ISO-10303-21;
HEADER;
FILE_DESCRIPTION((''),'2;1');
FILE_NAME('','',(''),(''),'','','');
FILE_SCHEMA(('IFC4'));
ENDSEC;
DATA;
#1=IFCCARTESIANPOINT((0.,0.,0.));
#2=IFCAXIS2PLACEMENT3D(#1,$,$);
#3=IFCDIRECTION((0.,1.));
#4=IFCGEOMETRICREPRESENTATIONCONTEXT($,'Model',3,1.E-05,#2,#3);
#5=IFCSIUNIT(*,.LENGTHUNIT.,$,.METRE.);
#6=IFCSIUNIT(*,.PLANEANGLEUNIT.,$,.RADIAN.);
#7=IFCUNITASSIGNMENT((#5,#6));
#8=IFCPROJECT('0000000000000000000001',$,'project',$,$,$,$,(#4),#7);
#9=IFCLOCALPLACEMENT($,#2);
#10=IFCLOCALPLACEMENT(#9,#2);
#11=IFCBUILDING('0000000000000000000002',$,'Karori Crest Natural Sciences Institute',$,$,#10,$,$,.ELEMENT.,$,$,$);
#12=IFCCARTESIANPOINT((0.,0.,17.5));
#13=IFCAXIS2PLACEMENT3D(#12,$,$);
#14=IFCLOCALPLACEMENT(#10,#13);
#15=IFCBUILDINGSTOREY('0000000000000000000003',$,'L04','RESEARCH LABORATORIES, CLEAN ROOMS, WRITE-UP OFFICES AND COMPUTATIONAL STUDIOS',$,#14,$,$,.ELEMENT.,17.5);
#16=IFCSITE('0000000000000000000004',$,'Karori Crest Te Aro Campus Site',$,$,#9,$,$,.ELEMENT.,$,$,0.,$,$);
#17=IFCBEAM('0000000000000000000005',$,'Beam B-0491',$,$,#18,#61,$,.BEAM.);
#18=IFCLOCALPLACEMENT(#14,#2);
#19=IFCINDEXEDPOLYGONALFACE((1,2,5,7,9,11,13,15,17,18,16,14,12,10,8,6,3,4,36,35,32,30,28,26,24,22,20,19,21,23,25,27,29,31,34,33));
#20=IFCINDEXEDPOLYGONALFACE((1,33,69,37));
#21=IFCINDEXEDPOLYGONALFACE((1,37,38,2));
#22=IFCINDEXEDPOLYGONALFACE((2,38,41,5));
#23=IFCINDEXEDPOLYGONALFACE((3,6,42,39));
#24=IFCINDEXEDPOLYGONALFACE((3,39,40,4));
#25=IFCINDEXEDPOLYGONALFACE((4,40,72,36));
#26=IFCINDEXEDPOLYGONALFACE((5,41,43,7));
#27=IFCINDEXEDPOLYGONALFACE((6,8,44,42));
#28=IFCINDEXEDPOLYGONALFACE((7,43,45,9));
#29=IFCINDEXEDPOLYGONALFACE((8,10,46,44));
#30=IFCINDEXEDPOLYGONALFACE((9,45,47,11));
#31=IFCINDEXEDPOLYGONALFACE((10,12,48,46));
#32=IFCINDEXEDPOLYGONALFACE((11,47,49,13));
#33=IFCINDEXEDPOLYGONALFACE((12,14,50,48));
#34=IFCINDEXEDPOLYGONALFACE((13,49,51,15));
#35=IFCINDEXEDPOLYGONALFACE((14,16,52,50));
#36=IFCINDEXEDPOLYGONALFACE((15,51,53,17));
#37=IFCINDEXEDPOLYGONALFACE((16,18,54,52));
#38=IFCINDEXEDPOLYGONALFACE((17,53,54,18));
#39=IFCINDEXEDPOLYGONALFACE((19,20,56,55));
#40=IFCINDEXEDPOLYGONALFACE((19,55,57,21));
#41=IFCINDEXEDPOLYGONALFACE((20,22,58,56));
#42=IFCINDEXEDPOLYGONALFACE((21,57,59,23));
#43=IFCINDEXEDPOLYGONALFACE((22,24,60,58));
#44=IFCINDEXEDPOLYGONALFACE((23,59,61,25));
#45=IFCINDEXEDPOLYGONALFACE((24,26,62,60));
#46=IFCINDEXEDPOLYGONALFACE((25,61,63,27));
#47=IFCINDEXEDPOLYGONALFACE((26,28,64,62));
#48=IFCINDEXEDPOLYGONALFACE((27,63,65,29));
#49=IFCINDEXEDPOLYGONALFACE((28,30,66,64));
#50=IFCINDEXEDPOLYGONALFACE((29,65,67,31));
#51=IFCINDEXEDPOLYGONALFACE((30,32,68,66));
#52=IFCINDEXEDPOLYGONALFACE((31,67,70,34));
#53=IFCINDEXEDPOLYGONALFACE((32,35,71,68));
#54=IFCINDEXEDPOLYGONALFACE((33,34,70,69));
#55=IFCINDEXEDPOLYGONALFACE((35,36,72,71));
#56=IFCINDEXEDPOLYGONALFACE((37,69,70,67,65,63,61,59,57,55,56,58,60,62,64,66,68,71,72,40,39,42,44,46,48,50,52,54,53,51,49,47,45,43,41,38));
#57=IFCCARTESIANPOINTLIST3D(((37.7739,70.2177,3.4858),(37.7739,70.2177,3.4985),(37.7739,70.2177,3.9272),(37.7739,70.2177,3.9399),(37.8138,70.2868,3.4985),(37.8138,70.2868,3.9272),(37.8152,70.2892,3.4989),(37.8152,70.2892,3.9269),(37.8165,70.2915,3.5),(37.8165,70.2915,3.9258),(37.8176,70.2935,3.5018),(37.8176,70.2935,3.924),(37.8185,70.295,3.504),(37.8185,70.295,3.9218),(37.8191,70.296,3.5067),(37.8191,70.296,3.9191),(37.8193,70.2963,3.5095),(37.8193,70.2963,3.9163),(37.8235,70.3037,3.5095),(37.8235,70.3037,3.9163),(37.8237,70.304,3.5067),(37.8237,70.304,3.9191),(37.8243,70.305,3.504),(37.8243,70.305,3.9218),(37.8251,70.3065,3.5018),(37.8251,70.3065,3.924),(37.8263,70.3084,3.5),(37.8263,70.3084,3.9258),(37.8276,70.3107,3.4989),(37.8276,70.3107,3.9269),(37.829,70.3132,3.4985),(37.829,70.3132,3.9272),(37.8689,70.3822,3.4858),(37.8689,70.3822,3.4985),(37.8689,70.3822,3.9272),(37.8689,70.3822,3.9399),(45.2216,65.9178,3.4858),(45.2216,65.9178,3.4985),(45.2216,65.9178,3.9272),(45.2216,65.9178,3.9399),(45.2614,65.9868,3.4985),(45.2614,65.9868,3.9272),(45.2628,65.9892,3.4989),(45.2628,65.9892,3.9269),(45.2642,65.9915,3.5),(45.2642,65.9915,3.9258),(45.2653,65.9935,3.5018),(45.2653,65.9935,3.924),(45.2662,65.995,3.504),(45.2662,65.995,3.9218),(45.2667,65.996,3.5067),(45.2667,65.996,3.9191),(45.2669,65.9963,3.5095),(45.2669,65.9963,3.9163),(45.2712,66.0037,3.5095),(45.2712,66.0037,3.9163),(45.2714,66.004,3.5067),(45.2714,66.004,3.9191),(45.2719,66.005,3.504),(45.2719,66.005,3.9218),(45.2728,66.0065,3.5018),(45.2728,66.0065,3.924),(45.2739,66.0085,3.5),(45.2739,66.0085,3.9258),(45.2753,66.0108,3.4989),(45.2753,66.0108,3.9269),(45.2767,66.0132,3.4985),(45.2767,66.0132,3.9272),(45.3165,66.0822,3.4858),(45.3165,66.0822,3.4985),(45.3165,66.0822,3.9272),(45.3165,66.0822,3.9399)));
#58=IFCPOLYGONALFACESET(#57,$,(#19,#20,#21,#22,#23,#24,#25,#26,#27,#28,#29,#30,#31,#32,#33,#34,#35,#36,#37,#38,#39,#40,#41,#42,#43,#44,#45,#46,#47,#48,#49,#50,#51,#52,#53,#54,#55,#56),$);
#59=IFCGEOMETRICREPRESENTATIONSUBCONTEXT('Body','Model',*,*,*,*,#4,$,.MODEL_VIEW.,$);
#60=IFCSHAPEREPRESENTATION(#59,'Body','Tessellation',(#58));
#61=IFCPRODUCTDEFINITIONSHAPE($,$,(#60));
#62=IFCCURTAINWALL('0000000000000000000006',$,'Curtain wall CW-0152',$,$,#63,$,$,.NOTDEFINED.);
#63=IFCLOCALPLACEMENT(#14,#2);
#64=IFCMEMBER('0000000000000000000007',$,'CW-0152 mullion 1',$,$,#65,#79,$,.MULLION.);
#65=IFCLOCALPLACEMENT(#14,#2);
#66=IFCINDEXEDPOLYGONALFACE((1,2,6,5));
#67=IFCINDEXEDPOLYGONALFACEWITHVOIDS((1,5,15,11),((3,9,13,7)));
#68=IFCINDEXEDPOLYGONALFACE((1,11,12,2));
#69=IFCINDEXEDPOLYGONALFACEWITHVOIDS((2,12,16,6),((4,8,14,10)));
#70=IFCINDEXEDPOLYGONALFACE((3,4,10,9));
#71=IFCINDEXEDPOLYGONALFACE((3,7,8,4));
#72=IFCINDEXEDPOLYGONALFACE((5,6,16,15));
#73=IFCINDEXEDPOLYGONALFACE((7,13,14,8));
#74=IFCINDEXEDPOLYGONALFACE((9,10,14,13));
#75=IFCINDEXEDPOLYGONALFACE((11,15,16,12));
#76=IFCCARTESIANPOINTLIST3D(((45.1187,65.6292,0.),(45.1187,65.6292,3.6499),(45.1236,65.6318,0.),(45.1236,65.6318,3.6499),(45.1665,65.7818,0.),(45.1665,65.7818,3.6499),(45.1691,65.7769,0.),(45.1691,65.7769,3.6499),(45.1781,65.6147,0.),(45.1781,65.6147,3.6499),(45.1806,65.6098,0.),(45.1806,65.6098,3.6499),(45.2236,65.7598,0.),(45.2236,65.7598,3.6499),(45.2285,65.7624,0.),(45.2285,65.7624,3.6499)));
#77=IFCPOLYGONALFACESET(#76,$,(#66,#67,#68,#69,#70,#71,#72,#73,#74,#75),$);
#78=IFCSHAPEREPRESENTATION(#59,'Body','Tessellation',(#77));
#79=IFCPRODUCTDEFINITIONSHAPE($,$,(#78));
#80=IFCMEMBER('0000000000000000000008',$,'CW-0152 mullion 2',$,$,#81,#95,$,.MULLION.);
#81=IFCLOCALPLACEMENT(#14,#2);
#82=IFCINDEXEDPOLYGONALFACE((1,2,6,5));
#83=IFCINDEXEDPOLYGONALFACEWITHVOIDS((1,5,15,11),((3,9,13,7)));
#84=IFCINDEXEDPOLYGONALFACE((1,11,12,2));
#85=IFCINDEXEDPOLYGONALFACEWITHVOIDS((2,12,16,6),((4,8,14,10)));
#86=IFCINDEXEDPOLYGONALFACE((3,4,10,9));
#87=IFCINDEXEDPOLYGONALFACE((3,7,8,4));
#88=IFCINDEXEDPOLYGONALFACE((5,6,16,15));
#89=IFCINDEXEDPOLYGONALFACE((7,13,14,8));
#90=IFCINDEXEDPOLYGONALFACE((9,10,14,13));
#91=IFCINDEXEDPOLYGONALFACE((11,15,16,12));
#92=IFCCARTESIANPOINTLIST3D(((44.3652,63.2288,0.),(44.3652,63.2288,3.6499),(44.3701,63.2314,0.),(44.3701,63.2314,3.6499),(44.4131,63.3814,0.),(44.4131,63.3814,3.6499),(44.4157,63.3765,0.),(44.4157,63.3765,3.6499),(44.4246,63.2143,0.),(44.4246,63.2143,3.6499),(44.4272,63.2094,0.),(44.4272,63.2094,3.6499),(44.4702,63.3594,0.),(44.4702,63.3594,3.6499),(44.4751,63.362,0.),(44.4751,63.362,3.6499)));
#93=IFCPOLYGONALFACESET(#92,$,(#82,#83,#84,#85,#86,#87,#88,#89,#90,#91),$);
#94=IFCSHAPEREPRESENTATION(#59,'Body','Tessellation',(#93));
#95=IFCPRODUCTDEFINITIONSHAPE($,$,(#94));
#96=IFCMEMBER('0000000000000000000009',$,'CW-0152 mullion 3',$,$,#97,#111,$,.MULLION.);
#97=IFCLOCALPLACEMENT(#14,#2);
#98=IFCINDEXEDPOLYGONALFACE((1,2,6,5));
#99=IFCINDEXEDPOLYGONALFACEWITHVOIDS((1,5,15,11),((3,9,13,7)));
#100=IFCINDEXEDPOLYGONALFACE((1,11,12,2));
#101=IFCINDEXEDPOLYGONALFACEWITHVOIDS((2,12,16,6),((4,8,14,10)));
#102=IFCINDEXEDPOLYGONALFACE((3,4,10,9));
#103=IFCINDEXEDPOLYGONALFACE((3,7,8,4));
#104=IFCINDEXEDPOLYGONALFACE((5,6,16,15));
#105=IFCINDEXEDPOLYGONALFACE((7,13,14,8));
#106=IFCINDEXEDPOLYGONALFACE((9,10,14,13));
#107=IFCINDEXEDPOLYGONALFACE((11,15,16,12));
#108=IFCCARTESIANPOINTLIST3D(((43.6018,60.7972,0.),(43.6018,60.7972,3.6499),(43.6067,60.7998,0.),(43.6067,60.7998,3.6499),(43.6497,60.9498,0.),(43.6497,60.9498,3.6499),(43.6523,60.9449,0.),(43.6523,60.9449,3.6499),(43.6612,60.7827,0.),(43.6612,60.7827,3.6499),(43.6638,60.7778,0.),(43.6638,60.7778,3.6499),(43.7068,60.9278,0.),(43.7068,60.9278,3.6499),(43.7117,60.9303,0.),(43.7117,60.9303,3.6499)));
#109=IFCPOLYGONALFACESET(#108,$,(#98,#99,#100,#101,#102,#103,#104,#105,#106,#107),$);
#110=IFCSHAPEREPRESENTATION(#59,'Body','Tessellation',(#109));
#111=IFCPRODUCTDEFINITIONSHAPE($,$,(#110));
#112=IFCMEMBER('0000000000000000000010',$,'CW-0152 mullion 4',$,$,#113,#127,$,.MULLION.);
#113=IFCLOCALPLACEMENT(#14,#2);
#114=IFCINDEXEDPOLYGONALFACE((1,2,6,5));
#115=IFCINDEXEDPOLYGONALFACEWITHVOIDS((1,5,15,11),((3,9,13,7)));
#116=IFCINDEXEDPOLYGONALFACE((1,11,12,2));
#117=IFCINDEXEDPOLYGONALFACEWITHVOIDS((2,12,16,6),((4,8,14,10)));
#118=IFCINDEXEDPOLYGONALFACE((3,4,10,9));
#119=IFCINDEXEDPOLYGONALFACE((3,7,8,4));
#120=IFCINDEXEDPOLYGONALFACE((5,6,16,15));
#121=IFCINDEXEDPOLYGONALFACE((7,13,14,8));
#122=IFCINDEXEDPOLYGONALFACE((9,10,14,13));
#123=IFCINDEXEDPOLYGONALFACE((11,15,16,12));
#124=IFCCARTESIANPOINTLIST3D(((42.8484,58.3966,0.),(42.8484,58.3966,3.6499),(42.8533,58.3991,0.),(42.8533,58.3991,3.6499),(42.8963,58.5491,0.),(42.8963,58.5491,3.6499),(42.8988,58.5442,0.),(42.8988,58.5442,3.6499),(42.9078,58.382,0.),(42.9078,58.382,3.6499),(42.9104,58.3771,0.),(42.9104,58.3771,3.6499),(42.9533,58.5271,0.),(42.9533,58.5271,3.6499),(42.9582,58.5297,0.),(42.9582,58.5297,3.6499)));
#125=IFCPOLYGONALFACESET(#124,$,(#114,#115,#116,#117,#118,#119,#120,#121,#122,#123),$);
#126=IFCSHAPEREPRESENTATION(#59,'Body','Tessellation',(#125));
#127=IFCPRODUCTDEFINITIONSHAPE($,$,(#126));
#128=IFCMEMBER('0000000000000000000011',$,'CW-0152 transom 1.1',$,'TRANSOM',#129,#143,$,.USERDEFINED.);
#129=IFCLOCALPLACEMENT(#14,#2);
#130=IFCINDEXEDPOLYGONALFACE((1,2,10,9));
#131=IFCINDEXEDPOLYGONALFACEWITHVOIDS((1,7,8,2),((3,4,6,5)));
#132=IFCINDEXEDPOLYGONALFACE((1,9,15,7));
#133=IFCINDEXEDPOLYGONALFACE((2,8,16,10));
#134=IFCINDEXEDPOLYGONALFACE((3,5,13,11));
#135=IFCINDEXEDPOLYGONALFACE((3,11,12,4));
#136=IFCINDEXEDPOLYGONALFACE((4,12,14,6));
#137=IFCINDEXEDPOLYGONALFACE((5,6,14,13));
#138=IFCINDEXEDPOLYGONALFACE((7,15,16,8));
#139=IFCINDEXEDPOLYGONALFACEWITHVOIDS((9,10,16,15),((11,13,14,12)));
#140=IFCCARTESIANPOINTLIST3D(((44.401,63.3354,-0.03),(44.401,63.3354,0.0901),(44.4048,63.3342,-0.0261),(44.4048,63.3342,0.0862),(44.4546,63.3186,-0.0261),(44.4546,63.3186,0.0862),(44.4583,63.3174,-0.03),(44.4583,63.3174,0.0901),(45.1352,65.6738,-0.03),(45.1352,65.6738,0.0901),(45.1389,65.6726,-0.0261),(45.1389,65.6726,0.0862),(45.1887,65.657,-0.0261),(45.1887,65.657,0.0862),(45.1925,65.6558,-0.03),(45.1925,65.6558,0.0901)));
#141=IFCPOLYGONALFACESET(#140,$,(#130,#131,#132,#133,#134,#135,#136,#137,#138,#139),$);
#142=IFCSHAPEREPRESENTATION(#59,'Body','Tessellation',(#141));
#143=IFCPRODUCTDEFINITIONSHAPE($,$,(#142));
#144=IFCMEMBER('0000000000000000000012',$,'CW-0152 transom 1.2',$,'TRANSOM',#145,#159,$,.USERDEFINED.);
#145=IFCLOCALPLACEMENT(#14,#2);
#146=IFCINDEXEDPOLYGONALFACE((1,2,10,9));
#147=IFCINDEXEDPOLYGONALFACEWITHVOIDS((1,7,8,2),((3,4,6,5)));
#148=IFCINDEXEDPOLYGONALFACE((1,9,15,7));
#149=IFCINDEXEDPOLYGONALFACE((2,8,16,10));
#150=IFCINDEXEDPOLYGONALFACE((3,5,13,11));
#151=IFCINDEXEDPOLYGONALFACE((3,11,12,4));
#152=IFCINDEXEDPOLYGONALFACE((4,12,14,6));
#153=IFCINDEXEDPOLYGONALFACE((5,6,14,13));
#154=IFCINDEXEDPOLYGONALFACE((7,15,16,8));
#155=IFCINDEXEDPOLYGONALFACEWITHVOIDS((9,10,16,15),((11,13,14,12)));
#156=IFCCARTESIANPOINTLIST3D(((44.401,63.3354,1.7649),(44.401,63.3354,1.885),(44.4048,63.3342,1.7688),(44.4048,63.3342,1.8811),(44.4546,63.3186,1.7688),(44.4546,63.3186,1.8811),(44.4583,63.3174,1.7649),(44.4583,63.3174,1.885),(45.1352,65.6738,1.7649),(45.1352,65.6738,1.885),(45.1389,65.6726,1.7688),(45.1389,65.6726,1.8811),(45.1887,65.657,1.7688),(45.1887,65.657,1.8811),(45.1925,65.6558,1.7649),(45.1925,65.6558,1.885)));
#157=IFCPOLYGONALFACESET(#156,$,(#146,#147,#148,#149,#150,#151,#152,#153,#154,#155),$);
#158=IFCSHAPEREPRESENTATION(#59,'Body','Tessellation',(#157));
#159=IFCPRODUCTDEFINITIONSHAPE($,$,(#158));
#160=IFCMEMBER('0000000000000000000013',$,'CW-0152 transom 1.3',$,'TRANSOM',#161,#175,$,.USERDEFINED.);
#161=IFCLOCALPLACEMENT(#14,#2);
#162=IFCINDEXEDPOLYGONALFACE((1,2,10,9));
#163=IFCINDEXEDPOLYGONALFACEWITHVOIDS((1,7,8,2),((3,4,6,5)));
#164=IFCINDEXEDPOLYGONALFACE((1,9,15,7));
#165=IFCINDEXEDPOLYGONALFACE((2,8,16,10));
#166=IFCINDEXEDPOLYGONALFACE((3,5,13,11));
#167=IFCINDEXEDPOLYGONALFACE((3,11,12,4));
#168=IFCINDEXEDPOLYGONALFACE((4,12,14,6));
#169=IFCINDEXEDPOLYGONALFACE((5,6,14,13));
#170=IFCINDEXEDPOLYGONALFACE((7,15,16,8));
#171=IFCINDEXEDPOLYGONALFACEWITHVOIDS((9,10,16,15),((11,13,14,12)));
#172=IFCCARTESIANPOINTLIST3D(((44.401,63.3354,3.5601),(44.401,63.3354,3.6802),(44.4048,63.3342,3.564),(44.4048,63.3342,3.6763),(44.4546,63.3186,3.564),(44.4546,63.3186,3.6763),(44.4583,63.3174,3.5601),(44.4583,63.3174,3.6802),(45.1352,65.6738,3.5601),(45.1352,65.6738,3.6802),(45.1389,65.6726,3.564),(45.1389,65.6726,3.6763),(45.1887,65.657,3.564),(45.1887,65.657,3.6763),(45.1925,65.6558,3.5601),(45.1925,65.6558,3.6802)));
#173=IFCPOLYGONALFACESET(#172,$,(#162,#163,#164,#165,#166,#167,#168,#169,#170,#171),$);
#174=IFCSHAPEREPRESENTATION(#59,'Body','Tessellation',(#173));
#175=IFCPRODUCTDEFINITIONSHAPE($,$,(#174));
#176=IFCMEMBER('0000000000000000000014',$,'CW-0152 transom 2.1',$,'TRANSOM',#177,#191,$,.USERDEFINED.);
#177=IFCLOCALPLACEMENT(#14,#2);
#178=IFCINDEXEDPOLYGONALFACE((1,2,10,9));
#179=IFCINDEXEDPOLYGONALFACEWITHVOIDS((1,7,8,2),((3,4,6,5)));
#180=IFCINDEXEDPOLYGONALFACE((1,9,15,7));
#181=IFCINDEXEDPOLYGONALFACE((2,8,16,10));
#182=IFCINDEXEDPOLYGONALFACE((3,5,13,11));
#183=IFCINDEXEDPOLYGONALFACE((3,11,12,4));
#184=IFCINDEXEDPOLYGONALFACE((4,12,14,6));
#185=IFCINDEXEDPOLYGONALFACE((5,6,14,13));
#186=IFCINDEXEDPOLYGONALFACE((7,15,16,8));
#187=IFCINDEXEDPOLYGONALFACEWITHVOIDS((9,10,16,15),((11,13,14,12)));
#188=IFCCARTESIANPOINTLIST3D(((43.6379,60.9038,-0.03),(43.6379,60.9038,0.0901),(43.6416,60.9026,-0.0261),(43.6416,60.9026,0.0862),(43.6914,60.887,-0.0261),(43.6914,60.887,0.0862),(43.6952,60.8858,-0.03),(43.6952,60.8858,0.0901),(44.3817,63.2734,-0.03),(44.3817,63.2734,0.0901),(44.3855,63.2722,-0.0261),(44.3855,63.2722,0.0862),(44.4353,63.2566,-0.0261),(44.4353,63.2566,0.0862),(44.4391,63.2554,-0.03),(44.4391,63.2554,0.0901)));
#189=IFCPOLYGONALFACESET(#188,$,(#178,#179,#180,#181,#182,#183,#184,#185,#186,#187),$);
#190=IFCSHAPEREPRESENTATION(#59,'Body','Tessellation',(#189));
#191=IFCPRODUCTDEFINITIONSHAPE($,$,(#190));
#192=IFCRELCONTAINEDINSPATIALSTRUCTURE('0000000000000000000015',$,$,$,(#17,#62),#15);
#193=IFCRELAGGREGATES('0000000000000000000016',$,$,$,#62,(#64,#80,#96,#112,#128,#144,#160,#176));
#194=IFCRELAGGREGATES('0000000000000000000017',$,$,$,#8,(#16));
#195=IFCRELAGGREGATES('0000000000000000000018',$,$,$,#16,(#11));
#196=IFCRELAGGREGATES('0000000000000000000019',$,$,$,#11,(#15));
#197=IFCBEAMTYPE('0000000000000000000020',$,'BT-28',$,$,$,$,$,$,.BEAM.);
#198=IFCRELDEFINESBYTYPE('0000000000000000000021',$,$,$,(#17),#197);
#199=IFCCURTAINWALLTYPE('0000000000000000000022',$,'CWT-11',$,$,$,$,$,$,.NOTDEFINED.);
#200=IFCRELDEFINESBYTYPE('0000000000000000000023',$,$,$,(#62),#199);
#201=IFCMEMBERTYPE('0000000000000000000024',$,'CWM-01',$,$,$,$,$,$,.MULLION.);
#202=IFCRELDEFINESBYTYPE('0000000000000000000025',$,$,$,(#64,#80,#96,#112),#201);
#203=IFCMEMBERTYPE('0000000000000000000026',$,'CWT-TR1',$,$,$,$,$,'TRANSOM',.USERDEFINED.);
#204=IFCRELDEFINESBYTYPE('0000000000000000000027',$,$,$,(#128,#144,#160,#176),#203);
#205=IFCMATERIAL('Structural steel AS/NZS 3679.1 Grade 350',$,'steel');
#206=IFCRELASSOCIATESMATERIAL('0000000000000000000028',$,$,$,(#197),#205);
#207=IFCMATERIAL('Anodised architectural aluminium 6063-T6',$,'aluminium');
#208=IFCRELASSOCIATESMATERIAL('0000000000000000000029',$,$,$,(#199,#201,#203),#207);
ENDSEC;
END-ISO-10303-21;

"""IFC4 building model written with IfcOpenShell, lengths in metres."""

from ifc_helpers import new_model, si_unit, direction, frame, origin, origin_2d, place, context, subcontext, project, spatial, hollow_rectangle, i_section, extrude, material, material_profile, profile_set, type_object, element, aggregate, save


model = new_model("IFC4")

# Units and contexts
model_context = context("Model", 3, precision=1e-05, world=origin(), true_north=direction((0.0, 1.0)))
body_context = subcontext(model_context, "Body", "Model", "MODEL_VIEW")
ifc_project = project(units=[si_unit("LENGTHUNIT", "METRE"), si_unit("PLANEANGLEUNIT", "RADIAN")], contexts=[model_context])

# Site, building, storey
site_placement = place(None, origin())
site = spatial("IfcSite", under=ifc_project, at=site_placement, Name="Karori Crest Te Aro Campus Site", CompositionType="ELEMENT", RefElevation=0.0)
building_placement = place(site_placement, origin())
building = spatial("IfcBuilding", under=site, at=building_placement, Name="Karori Crest Natural Sciences Institute", CompositionType="ELEMENT")
storey_placement = place(building_placement, frame((0.0, 0.0, 17.5)))
storey = spatial("IfcBuildingStorey", under=building, at=storey_placement, Name="L04", Description="RESEARCH LABORATORIES, CLEAN ROOMS, WRITE-UP OFFICES AND COMPUTATIONAL STUDIOS", CompositionType="ELEMENT", Elevation=17.5)

# Beam
ifc_material_1 = material(Name="Structural steel AS/NZS 3679.1 Grade 350", Category="steel")
ifc_material_profile_1 = material_profile(ifc_material_1, i_section(OverallWidth=0.1899, OverallDepth=0.4541, WebThickness=0.0085, FlangeThickness=0.0127, FilletRadius=0.011, at=origin_2d()), Name="460UB67.1")
ifc_profile_set_1 = profile_set([ifc_material_profile_1], Name="Structural steel AS/NZS 3679.1 Grade 350")
beam_type_1 = type_object("IfcBeamType", Name="BT-28", PredefinedType="BEAM", material=ifc_profile_set_1)
beam_1_placement = place(storey_placement, frame((45.269, 66.0, 3.7129), z_axis=(-0.866021, 0.500008, 0.0), x_axis=(-0.500008, -0.866021, 0.0)))
element("IfcBeam", 1, at=beam_1_placement, inside=storey, type_object=beam_type_1, Name="Beam B-0491", PredefinedType="BEAM", context=body_context, shape_type="SweptSolid", body=[
    extrude(i_section(OverallWidth=0.1899, OverallDepth=0.4541, WebThickness=0.0085, FlangeThickness=0.0127, FilletRadius=0.011, at=origin_2d()), origin(), (0.0, 0.0, 1.0), 8.5999),
])

# Curtain wall, members
ifc_material_2 = material(Name="Anodised architectural aluminium 6063-T6", Category="aluminium")
curtain_wall_type = type_object("IfcCurtainWallType", Name="CWT-11", PredefinedType="NOTDEFINED", material=ifc_material_2)
curtain_wall_placement = place(storey_placement, origin())
curtain_wall = element("IfcCurtainWall", 2, at=curtain_wall_placement, inside=storey, type_object=curtain_wall_type, Name="Curtain wall CW-0152", PredefinedType="NOTDEFINED")
ifc_material_profile_2 = material_profile(ifc_material_2, hollow_rectangle(XDim=0.0649, YDim=0.1599, WallThickness=0.0039, at=origin_2d()), Name="CWM160x65x4")
ifc_profile_set_2 = profile_set([ifc_material_profile_2], Name="Anodised architectural aluminium 6063-T6")
member_type_1 = type_object("IfcMemberType", Name="CWM-01", PredefinedType="MULLION", material=ifc_profile_set_2)
member_1_placement = place(storey_placement, frame((45.1736, 65.6958, 0.0), z_axis=(0.0, 0.0, 1.0), x_axis=(0.954104, -0.299475, 0.0)))
member_1 = element("IfcMember", 3, at=member_1_placement, type_object=member_type_1, Name="CW-0152 mullion 1", PredefinedType="MULLION", context=body_context, shape_type="SweptSolid", body=[
    extrude(hollow_rectangle(XDim=0.0649, YDim=0.1599, WallThickness=0.0039, at=origin_2d()), origin(), (0.0, 0.0, 1.0), 3.6499),
])
member_2_placement = place(storey_placement, frame((44.4202, 63.2954, 0.0), z_axis=(0.0, 0.0, 1.0), x_axis=(0.954104, -0.299475, 0.0)))
member_2 = element("IfcMember", 4, at=member_2_placement, type_object=member_type_1, Name="CW-0152 mullion 2", PredefinedType="MULLION", context=body_context, shape_type="SweptSolid", body=[
    extrude(hollow_rectangle(XDim=0.0649, YDim=0.1599, WallThickness=0.0039, at=origin_2d()), origin(), (0.0, 0.0, 1.0), 3.6499),
])
member_3_placement = place(storey_placement, frame((43.6567, 60.8638, 0.0), z_axis=(0.0, 0.0, 1.0), x_axis=(0.954104, -0.299475, 0.0)))
member_3 = element("IfcMember", 5, at=member_3_placement, type_object=member_type_1, Name="CW-0152 mullion 3", PredefinedType="MULLION", context=body_context, shape_type="SweptSolid", body=[
    extrude(hollow_rectangle(XDim=0.0649, YDim=0.1599, WallThickness=0.0039, at=origin_2d()), origin(), (0.0, 0.0, 1.0), 3.6499),
])
member_4_placement = place(storey_placement, frame((42.9033, 58.4631, 0.0), z_axis=(0.0, 0.0, 1.0), x_axis=(0.954104, -0.299475, 0.0)))
member_4 = element("IfcMember", 6, at=member_4_placement, type_object=member_type_1, Name="CW-0152 mullion 4", PredefinedType="MULLION", context=body_context, shape_type="SweptSolid", body=[
    extrude(hollow_rectangle(XDim=0.0649, YDim=0.1599, WallThickness=0.0039, at=origin_2d()), origin(), (0.0, 0.0, 1.0), 3.6499),
])
ifc_material_profile_3 = material_profile(ifc_material_2, hollow_rectangle(XDim=0.0601, YDim=0.1201, WallThickness=0.0039, at=origin_2d()), Name="CWT120x60x4")
ifc_profile_set_3 = profile_set([ifc_material_profile_3], Name="Anodised architectural aluminium 6063-T6")
member_type_2 = type_object("IfcMemberType", Name="CWT-TR1", ElementType="TRANSOM", PredefinedType="USERDEFINED", material=ifc_profile_set_3)
member_5_placement = place(storey_placement, frame((45.1638, 65.6648, 0.03), z_axis=(-0.299534, -0.954086, 0.0), x_axis=(0.954086, -0.299534, 0.0)))
member_5 = element("IfcMember", 7, at=member_5_placement, type_object=member_type_2, Name="CW-0152 transom 1.1", ObjectType="TRANSOM", PredefinedType="USERDEFINED", context=body_context, shape_type="SweptSolid", body=[
    extrude(hollow_rectangle(XDim=0.0601, YDim=0.1201, WallThickness=0.0039, at=origin_2d()), origin(), (0.0, 0.0, 1.0), 2.4509),
])
member_6_placement = place(storey_placement, frame((45.1638, 65.6648, 1.825), z_axis=(-0.299534, -0.954086, 0.0), x_axis=(0.954086, -0.299534, 0.0)))
member_6 = element("IfcMember", 8, at=member_6_placement, type_object=member_type_2, Name="CW-0152 transom 1.2", ObjectType="TRANSOM", PredefinedType="USERDEFINED", context=body_context, shape_type="SweptSolid", body=[
    extrude(hollow_rectangle(XDim=0.0601, YDim=0.1201, WallThickness=0.0039, at=origin_2d()), origin(), (0.0, 0.0, 1.0), 2.4509),
])
member_7_placement = place(storey_placement, frame((45.1638, 65.6648, 3.6201), z_axis=(-0.299534, -0.954086, 0.0), x_axis=(0.954086, -0.299534, 0.0)))
member_7 = element("IfcMember", 9, at=member_7_placement, type_object=member_type_2, Name="CW-0152 transom 1.3", ObjectType="TRANSOM", PredefinedType="USERDEFINED", context=body_context, shape_type="SweptSolid", body=[
    extrude(hollow_rectangle(XDim=0.0601, YDim=0.1201, WallThickness=0.0039, at=origin_2d()), origin(), (0.0, 0.0, 1.0), 2.4509),
])
member_8_placement = place(storey_placement, frame((44.4104, 63.2644, 0.03), z_axis=(-0.299517, -0.954091, 0.0), x_axis=(0.954091, -0.299517, 0.0)))
member_8 = element("IfcMember", 10, at=member_8_placement, type_object=member_type_2, Name="CW-0152 transom 2.1", ObjectType="TRANSOM", PredefinedType="USERDEFINED", context=body_context, shape_type="SweptSolid", body=[
    extrude(hollow_rectangle(XDim=0.0601, YDim=0.1201, WallThickness=0.0039, at=origin_2d()), origin(), (0.0, 0.0, 1.0), 2.4836),
])

aggregate(curtain_wall, [member_1, member_2, member_3, member_4, member_5, member_6, member_7, member_8])

save(model, "model.ifc")
